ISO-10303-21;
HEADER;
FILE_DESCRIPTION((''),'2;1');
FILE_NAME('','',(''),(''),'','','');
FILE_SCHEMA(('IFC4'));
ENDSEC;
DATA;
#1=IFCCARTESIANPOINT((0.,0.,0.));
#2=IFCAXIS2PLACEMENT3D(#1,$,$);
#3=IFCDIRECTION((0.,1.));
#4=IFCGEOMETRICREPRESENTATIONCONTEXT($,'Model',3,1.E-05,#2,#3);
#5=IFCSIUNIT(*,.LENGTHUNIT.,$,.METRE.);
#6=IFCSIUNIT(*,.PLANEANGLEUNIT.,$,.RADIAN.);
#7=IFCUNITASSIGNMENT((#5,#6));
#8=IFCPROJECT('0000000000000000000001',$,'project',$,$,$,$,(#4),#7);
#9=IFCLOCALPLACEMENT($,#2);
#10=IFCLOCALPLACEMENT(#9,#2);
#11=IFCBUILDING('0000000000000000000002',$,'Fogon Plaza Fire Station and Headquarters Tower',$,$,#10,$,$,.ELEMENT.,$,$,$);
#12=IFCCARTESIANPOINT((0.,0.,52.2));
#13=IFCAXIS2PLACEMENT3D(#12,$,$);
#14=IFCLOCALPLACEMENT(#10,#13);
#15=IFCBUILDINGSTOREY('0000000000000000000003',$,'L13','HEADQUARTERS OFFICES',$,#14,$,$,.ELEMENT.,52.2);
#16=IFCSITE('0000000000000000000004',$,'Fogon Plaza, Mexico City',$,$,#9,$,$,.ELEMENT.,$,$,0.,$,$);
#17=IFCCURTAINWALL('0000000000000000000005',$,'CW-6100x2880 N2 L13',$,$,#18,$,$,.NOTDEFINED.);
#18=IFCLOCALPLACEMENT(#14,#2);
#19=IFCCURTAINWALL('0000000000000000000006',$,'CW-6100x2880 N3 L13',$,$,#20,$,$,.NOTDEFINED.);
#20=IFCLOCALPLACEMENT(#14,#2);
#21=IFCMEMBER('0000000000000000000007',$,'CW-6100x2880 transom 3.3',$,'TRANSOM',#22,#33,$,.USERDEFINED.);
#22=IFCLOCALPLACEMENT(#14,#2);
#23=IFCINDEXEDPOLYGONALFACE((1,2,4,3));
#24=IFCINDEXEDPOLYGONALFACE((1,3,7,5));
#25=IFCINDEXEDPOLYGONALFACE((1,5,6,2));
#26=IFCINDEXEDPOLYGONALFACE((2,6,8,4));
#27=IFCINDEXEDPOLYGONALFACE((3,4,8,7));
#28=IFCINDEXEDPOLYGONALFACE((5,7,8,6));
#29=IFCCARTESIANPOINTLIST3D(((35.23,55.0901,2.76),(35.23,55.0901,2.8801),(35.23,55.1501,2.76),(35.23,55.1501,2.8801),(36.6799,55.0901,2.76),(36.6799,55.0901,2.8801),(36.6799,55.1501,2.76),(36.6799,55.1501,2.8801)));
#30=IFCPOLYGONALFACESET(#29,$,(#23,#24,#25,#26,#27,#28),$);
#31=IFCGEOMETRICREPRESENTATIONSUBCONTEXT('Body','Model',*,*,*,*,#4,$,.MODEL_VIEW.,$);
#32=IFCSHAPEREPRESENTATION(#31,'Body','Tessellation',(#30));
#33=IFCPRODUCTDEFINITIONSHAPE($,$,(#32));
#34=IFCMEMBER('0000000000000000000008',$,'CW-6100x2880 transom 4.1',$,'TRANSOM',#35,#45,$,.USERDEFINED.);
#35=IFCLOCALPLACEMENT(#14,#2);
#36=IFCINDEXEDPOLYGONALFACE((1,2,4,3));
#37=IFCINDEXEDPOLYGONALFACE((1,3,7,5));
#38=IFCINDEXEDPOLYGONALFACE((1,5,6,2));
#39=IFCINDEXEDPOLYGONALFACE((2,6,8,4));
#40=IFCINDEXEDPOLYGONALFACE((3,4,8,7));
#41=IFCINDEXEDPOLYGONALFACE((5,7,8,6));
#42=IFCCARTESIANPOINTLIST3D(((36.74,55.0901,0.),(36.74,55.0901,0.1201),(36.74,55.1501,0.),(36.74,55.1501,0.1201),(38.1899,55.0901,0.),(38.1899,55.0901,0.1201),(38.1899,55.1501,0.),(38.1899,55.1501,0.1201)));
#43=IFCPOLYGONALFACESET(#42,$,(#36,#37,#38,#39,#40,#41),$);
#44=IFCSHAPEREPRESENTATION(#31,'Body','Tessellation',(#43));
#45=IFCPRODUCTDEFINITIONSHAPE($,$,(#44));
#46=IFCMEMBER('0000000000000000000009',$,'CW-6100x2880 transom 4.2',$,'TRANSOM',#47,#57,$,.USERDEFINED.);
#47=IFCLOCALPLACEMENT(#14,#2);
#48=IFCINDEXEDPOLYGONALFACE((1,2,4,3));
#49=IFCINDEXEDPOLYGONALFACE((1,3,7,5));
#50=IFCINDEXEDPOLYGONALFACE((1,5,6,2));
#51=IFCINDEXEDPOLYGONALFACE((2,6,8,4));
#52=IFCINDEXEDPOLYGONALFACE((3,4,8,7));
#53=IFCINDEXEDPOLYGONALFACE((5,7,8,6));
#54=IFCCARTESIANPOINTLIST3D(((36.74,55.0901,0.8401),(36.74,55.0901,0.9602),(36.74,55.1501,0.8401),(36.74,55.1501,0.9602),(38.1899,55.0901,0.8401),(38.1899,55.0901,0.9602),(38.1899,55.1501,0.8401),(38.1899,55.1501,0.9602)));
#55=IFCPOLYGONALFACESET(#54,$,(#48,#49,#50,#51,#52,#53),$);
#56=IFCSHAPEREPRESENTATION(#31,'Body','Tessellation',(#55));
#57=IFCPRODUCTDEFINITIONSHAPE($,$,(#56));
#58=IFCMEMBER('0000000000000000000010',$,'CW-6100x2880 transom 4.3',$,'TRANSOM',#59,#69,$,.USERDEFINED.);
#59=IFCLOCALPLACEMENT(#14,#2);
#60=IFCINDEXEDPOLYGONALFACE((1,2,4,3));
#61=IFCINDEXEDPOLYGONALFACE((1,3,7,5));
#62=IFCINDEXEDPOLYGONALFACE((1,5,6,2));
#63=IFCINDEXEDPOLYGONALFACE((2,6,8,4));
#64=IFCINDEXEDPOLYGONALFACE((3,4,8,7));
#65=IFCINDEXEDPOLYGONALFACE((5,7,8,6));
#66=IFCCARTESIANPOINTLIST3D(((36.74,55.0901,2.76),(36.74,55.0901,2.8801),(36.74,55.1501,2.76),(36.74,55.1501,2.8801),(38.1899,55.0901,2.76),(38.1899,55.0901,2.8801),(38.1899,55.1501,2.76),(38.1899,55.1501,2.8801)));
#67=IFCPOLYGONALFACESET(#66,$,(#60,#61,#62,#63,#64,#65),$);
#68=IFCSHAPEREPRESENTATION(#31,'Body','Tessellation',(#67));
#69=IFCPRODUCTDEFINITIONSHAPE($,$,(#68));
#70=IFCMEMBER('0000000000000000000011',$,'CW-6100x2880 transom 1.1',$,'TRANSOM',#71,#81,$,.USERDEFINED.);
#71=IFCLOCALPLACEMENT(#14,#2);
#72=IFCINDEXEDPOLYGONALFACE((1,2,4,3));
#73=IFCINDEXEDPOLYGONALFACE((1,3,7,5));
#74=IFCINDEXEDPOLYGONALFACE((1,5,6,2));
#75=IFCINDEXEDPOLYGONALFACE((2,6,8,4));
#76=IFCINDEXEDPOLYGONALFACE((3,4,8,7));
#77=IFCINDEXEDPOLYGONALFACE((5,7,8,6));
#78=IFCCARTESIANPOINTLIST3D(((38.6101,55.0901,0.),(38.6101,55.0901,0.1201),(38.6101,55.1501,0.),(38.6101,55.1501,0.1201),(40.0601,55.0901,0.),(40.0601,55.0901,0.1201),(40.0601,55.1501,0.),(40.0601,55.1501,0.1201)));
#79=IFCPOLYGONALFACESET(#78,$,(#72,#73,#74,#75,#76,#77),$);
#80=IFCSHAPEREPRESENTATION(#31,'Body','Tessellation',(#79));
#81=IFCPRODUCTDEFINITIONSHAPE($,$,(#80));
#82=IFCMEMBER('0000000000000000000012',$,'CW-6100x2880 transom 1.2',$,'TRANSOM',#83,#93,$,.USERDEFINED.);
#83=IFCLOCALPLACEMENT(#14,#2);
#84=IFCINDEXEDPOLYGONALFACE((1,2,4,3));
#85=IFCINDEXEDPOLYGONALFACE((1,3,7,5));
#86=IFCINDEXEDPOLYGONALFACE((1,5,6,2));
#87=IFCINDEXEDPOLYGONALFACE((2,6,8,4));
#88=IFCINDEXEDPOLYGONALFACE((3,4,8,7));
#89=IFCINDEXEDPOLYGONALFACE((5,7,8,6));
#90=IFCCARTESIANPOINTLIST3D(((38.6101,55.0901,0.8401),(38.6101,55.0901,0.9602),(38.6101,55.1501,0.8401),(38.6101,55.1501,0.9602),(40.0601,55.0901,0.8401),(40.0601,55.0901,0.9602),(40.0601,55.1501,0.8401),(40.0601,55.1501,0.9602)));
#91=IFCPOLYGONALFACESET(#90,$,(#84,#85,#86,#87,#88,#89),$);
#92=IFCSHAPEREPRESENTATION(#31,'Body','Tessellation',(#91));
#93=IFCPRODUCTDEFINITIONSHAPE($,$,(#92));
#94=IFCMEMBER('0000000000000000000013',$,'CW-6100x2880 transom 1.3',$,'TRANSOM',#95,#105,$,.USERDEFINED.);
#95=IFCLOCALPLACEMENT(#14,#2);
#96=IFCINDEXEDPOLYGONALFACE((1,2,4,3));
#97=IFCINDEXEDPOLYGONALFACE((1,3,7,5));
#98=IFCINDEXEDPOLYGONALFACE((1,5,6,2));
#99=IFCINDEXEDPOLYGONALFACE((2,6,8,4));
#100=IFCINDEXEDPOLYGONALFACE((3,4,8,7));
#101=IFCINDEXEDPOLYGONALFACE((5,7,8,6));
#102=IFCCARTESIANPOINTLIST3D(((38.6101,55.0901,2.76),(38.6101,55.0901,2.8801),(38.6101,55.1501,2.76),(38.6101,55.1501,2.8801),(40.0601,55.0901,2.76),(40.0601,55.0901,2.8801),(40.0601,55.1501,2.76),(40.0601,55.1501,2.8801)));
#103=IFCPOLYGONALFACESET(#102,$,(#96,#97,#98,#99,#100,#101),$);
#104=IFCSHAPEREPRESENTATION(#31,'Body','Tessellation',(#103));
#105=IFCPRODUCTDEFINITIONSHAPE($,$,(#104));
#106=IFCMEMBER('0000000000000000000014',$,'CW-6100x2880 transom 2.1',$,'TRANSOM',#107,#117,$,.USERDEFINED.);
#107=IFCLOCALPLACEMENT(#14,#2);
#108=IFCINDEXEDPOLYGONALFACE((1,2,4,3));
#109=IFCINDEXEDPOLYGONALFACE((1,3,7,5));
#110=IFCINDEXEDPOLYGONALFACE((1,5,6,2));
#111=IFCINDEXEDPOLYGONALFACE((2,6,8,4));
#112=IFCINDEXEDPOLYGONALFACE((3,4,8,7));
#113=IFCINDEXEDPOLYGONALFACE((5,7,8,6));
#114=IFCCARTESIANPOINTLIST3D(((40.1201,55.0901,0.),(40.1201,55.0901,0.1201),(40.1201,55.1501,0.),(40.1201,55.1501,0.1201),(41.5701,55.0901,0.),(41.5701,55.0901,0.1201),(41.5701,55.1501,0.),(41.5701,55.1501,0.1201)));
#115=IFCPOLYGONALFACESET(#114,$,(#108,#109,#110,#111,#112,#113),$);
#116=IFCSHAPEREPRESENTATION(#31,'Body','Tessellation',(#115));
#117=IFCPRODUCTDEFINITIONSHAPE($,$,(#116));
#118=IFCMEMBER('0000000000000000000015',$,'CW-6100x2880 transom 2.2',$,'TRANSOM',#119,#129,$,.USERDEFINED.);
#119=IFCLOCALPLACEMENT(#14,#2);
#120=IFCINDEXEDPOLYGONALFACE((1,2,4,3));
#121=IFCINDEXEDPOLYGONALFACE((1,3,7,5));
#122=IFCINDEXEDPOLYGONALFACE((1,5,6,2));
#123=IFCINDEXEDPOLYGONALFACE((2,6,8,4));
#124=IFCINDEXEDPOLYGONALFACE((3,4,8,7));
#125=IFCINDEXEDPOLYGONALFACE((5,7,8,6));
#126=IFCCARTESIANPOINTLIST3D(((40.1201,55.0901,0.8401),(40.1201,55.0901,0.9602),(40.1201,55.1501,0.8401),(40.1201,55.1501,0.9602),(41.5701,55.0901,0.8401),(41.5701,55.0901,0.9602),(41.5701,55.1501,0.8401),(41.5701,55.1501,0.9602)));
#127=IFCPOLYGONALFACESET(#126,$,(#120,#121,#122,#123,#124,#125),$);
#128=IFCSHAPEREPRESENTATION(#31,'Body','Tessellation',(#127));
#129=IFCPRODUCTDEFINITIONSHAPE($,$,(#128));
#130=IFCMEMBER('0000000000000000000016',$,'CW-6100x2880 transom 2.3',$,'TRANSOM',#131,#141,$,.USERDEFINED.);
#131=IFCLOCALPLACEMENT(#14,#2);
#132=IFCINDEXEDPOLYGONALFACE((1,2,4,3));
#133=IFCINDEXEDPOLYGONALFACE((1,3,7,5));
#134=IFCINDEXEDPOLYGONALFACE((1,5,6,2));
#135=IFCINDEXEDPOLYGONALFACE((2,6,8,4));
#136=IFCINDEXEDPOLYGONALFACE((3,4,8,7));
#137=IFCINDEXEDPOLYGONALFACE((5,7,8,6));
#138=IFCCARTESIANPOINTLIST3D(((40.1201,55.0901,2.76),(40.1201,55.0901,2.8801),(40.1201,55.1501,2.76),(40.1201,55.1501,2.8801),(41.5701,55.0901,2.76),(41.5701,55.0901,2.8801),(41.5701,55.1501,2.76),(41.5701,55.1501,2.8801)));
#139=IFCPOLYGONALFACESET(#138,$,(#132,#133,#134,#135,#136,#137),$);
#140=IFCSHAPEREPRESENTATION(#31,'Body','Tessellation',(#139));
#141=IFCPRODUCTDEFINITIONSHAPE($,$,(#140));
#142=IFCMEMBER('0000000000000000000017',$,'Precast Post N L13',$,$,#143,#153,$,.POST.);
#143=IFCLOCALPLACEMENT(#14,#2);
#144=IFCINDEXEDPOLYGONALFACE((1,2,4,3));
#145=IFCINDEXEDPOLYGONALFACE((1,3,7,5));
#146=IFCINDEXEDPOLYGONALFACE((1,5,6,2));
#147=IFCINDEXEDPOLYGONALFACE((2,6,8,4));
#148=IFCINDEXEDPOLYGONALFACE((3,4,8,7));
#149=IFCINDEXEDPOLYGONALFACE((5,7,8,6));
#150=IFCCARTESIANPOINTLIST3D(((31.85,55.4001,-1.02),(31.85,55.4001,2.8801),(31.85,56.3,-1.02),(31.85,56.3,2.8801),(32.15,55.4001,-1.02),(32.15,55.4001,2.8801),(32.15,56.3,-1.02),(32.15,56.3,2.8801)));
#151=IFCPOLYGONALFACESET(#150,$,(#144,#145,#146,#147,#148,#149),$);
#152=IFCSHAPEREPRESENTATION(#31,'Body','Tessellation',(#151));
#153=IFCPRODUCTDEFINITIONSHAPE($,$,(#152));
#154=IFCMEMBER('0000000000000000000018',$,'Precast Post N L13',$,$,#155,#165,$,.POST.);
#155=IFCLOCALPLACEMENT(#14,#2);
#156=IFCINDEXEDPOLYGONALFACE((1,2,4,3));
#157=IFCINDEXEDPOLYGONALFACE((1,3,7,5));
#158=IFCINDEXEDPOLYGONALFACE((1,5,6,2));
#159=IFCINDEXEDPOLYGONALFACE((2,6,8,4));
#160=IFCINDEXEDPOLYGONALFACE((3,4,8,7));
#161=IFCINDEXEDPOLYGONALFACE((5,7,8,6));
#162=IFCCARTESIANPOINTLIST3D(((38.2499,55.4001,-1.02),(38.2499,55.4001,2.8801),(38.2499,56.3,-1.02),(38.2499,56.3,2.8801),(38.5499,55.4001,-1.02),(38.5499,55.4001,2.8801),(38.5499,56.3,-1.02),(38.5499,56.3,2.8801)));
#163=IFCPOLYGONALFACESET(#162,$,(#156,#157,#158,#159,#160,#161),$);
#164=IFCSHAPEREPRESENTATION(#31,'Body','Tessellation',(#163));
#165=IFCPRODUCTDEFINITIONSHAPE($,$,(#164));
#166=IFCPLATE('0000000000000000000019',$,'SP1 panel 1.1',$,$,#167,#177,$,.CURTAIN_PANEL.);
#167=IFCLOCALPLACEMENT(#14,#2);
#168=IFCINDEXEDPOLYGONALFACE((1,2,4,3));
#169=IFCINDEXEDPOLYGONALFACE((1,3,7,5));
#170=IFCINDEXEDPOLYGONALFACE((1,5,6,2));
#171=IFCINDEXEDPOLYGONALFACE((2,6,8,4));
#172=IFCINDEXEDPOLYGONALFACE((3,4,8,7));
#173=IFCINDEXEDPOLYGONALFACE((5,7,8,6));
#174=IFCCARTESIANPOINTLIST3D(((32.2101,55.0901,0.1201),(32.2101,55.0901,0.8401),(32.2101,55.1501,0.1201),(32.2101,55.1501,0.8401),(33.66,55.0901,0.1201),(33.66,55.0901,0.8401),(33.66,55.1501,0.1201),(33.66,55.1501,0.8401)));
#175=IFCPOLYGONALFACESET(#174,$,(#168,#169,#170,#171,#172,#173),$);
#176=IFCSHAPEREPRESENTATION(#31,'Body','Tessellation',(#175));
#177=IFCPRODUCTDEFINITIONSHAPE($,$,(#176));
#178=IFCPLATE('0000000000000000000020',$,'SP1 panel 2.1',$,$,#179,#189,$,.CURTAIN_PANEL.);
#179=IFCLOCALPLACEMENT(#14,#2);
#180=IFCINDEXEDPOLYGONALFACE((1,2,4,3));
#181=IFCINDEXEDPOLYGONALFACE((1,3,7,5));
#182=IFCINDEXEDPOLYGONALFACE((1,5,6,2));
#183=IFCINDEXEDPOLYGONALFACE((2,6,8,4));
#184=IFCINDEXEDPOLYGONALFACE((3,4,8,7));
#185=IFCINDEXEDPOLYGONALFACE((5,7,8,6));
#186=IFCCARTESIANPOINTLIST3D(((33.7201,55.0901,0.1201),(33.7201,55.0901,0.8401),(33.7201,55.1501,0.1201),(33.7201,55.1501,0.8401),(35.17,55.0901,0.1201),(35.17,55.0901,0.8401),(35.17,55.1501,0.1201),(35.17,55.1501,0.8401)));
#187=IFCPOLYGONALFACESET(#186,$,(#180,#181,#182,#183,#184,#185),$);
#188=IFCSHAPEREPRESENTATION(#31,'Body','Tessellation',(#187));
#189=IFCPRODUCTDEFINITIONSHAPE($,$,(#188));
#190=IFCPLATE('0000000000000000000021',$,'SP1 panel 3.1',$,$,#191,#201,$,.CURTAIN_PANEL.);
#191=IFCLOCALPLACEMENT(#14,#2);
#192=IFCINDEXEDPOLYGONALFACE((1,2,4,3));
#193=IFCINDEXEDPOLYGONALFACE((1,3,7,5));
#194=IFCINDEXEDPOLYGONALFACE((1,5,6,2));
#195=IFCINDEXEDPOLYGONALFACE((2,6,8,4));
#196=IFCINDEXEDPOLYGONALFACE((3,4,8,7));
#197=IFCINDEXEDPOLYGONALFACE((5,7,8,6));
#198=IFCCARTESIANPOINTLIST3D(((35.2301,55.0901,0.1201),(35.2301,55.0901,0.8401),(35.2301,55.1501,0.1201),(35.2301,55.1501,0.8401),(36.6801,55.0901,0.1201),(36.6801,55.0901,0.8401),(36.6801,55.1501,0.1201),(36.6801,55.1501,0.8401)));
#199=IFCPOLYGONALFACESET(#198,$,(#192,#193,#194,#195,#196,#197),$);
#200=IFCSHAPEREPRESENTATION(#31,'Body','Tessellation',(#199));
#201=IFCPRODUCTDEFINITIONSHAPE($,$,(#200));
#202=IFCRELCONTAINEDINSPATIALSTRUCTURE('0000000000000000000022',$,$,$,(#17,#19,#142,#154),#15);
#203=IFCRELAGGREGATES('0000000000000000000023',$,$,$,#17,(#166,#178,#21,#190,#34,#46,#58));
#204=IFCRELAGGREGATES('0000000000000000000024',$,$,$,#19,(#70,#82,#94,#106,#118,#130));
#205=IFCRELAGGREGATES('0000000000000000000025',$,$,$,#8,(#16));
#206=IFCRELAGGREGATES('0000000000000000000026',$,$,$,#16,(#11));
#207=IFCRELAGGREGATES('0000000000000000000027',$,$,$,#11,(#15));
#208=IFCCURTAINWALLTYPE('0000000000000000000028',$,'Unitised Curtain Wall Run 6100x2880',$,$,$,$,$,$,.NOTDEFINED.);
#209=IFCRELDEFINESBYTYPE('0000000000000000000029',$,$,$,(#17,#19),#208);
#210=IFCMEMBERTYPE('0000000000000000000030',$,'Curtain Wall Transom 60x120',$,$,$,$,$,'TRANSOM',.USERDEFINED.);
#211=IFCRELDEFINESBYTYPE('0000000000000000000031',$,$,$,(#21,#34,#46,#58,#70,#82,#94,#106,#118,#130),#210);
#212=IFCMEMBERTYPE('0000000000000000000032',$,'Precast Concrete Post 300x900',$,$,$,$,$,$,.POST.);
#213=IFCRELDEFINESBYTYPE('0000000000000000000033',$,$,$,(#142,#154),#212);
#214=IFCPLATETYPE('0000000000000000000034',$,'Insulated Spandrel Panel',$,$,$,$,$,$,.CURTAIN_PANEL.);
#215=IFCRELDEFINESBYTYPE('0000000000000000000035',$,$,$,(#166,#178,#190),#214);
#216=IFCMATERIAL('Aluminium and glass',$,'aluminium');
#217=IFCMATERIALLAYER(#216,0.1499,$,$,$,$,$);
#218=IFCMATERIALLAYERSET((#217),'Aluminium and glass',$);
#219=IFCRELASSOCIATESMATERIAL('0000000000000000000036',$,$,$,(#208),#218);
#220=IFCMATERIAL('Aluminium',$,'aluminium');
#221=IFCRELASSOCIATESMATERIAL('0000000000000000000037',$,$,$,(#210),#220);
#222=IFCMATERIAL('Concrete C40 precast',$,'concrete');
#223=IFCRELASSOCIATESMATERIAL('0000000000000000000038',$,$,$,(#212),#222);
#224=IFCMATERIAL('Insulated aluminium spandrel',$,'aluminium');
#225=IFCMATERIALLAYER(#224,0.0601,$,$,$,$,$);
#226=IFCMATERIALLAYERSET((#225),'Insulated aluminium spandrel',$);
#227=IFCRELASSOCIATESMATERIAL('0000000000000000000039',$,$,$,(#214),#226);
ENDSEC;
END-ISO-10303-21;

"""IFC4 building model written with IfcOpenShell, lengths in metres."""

from ifc_helpers import new_model, si_unit, direction, frame, origin, origin_2d, place, context, subcontext, project, spatial, rectangle, extrude, material, layer, layer_set, material_profile, profile_set, type_object, element, aggregate, save


model = new_model("IFC4")

# Units and contexts
model_context = context("Model", 3, precision=1e-05, world=origin(), true_north=direction((0.0, 1.0)))
body_context = subcontext(model_context, "Body", "Model", "MODEL_VIEW")
ifc_project = project(units=[si_unit("LENGTHUNIT", "METRE"), si_unit("PLANEANGLEUNIT", "RADIAN")], contexts=[model_context])

# Site, building, storey
site_placement = place(None, origin())
site = spatial("IfcSite", under=ifc_project, at=site_placement, Name="Fogon Plaza, Mexico City", CompositionType="ELEMENT", RefElevation=0.0)
building_placement = place(site_placement, origin())
building = spatial("IfcBuilding", under=site, at=building_placement, Name="Fogon Plaza Fire Station and Headquarters Tower", CompositionType="ELEMENT")
storey_placement = place(building_placement, frame((0.0, 0.0, 52.2)))
storey = spatial("IfcBuildingStorey", under=building, at=storey_placement, Name="L13", Description="HEADQUARTERS OFFICES", CompositionType="ELEMENT", Elevation=52.2)

# Curtain walls
ifc_material_1 = material(Name="Aluminium and glass", Category="aluminium")
ifc_layer_1 = layer(ifc_material_1, 0.1499)
ifc_layer_set_1 = layer_set([ifc_layer_1], Name="Aluminium and glass")
curtain_wall_type = type_object("IfcCurtainWallType", Name="Unitised Curtain Wall Run 6100x2880", PredefinedType="NOTDEFINED", material=ifc_layer_set_1)
curtain_wall_1_placement = place(storey_placement, origin())
curtain_wall_1 = element("IfcCurtainWall", 1, at=curtain_wall_1_placement, inside=storey, type_object=curtain_wall_type, Name="CW-6100x2880 N2 L13", PredefinedType="NOTDEFINED")
curtain_wall_2_placement = place(storey_placement, origin())
curtain_wall_2 = element("IfcCurtainWall", 2, at=curtain_wall_2_placement, inside=storey, type_object=curtain_wall_type, Name="CW-6100x2880 N3 L13", PredefinedType="NOTDEFINED")

# Members
ifc_material_2 = material(Name="Aluminium", Category="aluminium")
ifc_material_profile_1 = material_profile(ifc_material_2, rectangle(XDim=0.0601, YDim=0.1201, at=origin_2d()), Name="Curtain Wall Transom 60x120")
ifc_profile_set_1 = profile_set([ifc_material_profile_1], Name="Aluminium")
member_type_1 = type_object("IfcMemberType", Name="Curtain Wall Transom 60x120", ElementType="TRANSOM", PredefinedType="USERDEFINED", material=ifc_profile_set_1)
member_1_placement = place(storey_placement, frame((35.23, 55.1201, 2.8201), z_axis=(1.0, 0.0, 0.0), x_axis=(0.0, 1.0, 0.0)))
member_1 = element("IfcMember", 3, at=member_1_placement, type_object=member_type_1, Name="CW-6100x2880 transom 3.3", ObjectType="TRANSOM", PredefinedType="USERDEFINED", context=body_context, shape_type="SweptSolid", body=[
    extrude(rectangle(XDim=0.0601, YDim=0.1201, at=origin_2d()), origin(), (0.0, 0.0, 1.0), 1.45),
])
member_2_placement = place(storey_placement, frame((36.74, 55.1201, 0.0601), z_axis=(1.0, 0.0, 0.0), x_axis=(0.0, 1.0, 0.0)))
member_2 = element("IfcMember", 4, at=member_2_placement, type_object=member_type_1, Name="CW-6100x2880 transom 4.1", ObjectType="TRANSOM", PredefinedType="USERDEFINED", context=body_context, shape_type="SweptSolid", body=[
    extrude(rectangle(XDim=0.0601, YDim=0.1201, at=origin_2d()), origin(), (0.0, 0.0, 1.0), 1.45),
])
member_3_placement = place(storey_placement, frame((36.74, 55.1201, 0.9001), z_axis=(1.0, 0.0, 0.0), x_axis=(0.0, 1.0, 0.0)))
member_3 = element("IfcMember", 5, at=member_3_placement, type_object=member_type_1, Name="CW-6100x2880 transom 4.2", ObjectType="TRANSOM", PredefinedType="USERDEFINED", context=body_context, shape_type="SweptSolid", body=[
    extrude(rectangle(XDim=0.0601, YDim=0.1201, at=origin_2d()), origin(), (0.0, 0.0, 1.0), 1.45),
])
member_4_placement = place(storey_placement, frame((36.74, 55.1201, 2.8201), z_axis=(1.0, 0.0, 0.0), x_axis=(0.0, 1.0, 0.0)))
member_4 = element("IfcMember", 6, at=member_4_placement, type_object=member_type_1, Name="CW-6100x2880 transom 4.3", ObjectType="TRANSOM", PredefinedType="USERDEFINED", context=body_context, shape_type="SweptSolid", body=[
    extrude(rectangle(XDim=0.0601, YDim=0.1201, at=origin_2d()), origin(), (0.0, 0.0, 1.0), 1.45),
])
member_5_placement = place(storey_placement, frame((38.6101, 55.1201, 0.0601), z_axis=(1.0, 0.0, 0.0), x_axis=(0.0, 1.0, 0.0)))
member_5 = element("IfcMember", 7, at=member_5_placement, type_object=member_type_1, Name="CW-6100x2880 transom 1.1", ObjectType="TRANSOM", PredefinedType="USERDEFINED", context=body_context, shape_type="SweptSolid", body=[
    extrude(rectangle(XDim=0.0601, YDim=0.1201, at=origin_2d()), origin(), (0.0, 0.0, 1.0), 1.45),
])
member_6_placement = place(storey_placement, frame((38.6101, 55.1201, 0.9001), z_axis=(1.0, 0.0, 0.0), x_axis=(0.0, 1.0, 0.0)))
member_6 = element("IfcMember", 8, at=member_6_placement, type_object=member_type_1, Name="CW-6100x2880 transom 1.2", ObjectType="TRANSOM", PredefinedType="USERDEFINED", context=body_context, shape_type="SweptSolid", body=[
    extrude(rectangle(XDim=0.0601, YDim=0.1201, at=origin_2d()), origin(), (0.0, 0.0, 1.0), 1.45),
])
member_7_placement = place(storey_placement, frame((38.6101, 55.1201, 2.8201), z_axis=(1.0, 0.0, 0.0), x_axis=(0.0, 1.0, 0.0)))
member_7 = element("IfcMember", 9, at=member_7_placement, type_object=member_type_1, Name="CW-6100x2880 transom 1.3", ObjectType="TRANSOM", PredefinedType="USERDEFINED", context=body_context, shape_type="SweptSolid", body=[
    extrude(rectangle(XDim=0.0601, YDim=0.1201, at=origin_2d()), origin(), (0.0, 0.0, 1.0), 1.45),
])
member_8_placement = place(storey_placement, frame((40.1201, 55.1201, 0.0601), z_axis=(1.0, 0.0, 0.0), x_axis=(0.0, 1.0, 0.0)))
member_8 = element("IfcMember", 10, at=member_8_placement, type_object=member_type_1, Name="CW-6100x2880 transom 2.1", ObjectType="TRANSOM", PredefinedType="USERDEFINED", context=body_context, shape_type="SweptSolid", body=[
    extrude(rectangle(XDim=0.0601, YDim=0.1201, at=origin_2d()), origin(), (0.0, 0.0, 1.0), 1.45),
])
member_9_placement = place(storey_placement, frame((40.1201, 55.1201, 0.9001), z_axis=(1.0, 0.0, 0.0), x_axis=(0.0, 1.0, 0.0)))
member_9 = element("IfcMember", 11, at=member_9_placement, type_object=member_type_1, Name="CW-6100x2880 transom 2.2", ObjectType="TRANSOM", PredefinedType="USERDEFINED", context=body_context, shape_type="SweptSolid", body=[
    extrude(rectangle(XDim=0.0601, YDim=0.1201, at=origin_2d()), origin(), (0.0, 0.0, 1.0), 1.45),
])
member_10_placement = place(storey_placement, frame((40.1201, 55.1201, 2.8201), z_axis=(1.0, 0.0, 0.0), x_axis=(0.0, 1.0, 0.0)))
member_10 = element("IfcMember", 12, at=member_10_placement, type_object=member_type_1, Name="CW-6100x2880 transom 2.3", ObjectType="TRANSOM", PredefinedType="USERDEFINED", context=body_context, shape_type="SweptSolid", body=[
    extrude(rectangle(XDim=0.0601, YDim=0.1201, at=origin_2d()), origin(), (0.0, 0.0, 1.0), 1.45),
])

# Members
ifc_material_3 = material(Name="Concrete C40 precast", Category="concrete")
ifc_material_profile_2 = material_profile(ifc_material_3, rectangle(XDim=0.3, YDim=0.8999, at=origin_2d()), Name="Precast Concrete Post 300x900")
ifc_profile_set_2 = profile_set([ifc_material_profile_2], Name="Concrete C40 precast")
member_type_2 = type_object("IfcMemberType", Name="Precast Concrete Post 300x900", PredefinedType="POST", material=ifc_profile_set_2)
for number, where, z_axis, x_axis, name in (
    (13, (32.0, 55.8501, -1.02), (0.0, 0.0, 1.0), (1.0, 0.0, 0.0), "Precast Post N L13"),
    (14, (38.3999, 55.8501, -1.02), (0.0, 0.0, 1.0), (1.0, 0.0, 0.0), "Precast Post N L13"),
):
    element("IfcMember", number, at=place(storey_placement, frame(where, z_axis=z_axis, x_axis=x_axis)), inside=storey, type_object=member_type_2, Name=name, PredefinedType="POST", context=body_context, shape_type="SweptSolid", body=[
        extrude(rectangle(XDim=0.3, YDim=0.8999, at=origin_2d()), origin(), (0.0, 0.0, 1.0), 3.9001),
    ])

# Plates
ifc_material_4 = material(Name="Insulated aluminium spandrel", Category="aluminium")
ifc_layer_2 = layer(ifc_material_4, 0.0601)
ifc_layer_set_2 = layer_set([ifc_layer_2], Name="Insulated aluminium spandrel")
plate_type_1 = type_object("IfcPlateType", Name="Insulated Spandrel Panel", PredefinedType="CURTAIN_PANEL", material=ifc_layer_set_2)
plate_1_placement = place(storey_placement, frame((32.9351, 55.1201, 0.1201), z_axis=(0.0, 0.0, 1.0), x_axis=(1.0, 0.0, 0.0)))
plate_1 = element("IfcPlate", 15, at=plate_1_placement, type_object=plate_type_1, Name="SP1 panel 1.1", PredefinedType="CURTAIN_PANEL", context=body_context, shape_type="SweptSolid", body=[
    extrude(rectangle(XDim=1.45, YDim=0.0601, at=origin_2d()), origin(), (0.0, 0.0, 1.0), 0.72),
])
plate_2_placement = place(storey_placement, frame((34.4451, 55.1201, 0.1201), z_axis=(0.0, 0.0, 1.0), x_axis=(1.0, 0.0, 0.0)))
plate_2 = element("IfcPlate", 16, at=plate_2_placement, type_object=plate_type_1, Name="SP1 panel 2.1", PredefinedType="CURTAIN_PANEL", context=body_context, shape_type="SweptSolid", body=[
    extrude(rectangle(XDim=1.45, YDim=0.0601, at=origin_2d()), origin(), (0.0, 0.0, 1.0), 0.72),
])
plate_3_placement = place(storey_placement, frame((35.9551, 55.1201, 0.1201), z_axis=(0.0, 0.0, 1.0), x_axis=(1.0, 0.0, 0.0)))
plate_3 = element("IfcPlate", 17, at=plate_3_placement, type_object=plate_type_1, Name="SP1 panel 3.1", PredefinedType="CURTAIN_PANEL", context=body_context, shape_type="SweptSolid", body=[
    extrude(rectangle(XDim=1.45, YDim=0.0601, at=origin_2d()), origin(), (0.0, 0.0, 1.0), 0.72),
])
aggregate(curtain_wall_1, [plate_1, plate_2, member_1, plate_3, member_2, member_3, member_4])
aggregate(curtain_wall_2, [member_5, member_6, member_7, member_8, member_9, member_10])

save(model, "model.ifc")
